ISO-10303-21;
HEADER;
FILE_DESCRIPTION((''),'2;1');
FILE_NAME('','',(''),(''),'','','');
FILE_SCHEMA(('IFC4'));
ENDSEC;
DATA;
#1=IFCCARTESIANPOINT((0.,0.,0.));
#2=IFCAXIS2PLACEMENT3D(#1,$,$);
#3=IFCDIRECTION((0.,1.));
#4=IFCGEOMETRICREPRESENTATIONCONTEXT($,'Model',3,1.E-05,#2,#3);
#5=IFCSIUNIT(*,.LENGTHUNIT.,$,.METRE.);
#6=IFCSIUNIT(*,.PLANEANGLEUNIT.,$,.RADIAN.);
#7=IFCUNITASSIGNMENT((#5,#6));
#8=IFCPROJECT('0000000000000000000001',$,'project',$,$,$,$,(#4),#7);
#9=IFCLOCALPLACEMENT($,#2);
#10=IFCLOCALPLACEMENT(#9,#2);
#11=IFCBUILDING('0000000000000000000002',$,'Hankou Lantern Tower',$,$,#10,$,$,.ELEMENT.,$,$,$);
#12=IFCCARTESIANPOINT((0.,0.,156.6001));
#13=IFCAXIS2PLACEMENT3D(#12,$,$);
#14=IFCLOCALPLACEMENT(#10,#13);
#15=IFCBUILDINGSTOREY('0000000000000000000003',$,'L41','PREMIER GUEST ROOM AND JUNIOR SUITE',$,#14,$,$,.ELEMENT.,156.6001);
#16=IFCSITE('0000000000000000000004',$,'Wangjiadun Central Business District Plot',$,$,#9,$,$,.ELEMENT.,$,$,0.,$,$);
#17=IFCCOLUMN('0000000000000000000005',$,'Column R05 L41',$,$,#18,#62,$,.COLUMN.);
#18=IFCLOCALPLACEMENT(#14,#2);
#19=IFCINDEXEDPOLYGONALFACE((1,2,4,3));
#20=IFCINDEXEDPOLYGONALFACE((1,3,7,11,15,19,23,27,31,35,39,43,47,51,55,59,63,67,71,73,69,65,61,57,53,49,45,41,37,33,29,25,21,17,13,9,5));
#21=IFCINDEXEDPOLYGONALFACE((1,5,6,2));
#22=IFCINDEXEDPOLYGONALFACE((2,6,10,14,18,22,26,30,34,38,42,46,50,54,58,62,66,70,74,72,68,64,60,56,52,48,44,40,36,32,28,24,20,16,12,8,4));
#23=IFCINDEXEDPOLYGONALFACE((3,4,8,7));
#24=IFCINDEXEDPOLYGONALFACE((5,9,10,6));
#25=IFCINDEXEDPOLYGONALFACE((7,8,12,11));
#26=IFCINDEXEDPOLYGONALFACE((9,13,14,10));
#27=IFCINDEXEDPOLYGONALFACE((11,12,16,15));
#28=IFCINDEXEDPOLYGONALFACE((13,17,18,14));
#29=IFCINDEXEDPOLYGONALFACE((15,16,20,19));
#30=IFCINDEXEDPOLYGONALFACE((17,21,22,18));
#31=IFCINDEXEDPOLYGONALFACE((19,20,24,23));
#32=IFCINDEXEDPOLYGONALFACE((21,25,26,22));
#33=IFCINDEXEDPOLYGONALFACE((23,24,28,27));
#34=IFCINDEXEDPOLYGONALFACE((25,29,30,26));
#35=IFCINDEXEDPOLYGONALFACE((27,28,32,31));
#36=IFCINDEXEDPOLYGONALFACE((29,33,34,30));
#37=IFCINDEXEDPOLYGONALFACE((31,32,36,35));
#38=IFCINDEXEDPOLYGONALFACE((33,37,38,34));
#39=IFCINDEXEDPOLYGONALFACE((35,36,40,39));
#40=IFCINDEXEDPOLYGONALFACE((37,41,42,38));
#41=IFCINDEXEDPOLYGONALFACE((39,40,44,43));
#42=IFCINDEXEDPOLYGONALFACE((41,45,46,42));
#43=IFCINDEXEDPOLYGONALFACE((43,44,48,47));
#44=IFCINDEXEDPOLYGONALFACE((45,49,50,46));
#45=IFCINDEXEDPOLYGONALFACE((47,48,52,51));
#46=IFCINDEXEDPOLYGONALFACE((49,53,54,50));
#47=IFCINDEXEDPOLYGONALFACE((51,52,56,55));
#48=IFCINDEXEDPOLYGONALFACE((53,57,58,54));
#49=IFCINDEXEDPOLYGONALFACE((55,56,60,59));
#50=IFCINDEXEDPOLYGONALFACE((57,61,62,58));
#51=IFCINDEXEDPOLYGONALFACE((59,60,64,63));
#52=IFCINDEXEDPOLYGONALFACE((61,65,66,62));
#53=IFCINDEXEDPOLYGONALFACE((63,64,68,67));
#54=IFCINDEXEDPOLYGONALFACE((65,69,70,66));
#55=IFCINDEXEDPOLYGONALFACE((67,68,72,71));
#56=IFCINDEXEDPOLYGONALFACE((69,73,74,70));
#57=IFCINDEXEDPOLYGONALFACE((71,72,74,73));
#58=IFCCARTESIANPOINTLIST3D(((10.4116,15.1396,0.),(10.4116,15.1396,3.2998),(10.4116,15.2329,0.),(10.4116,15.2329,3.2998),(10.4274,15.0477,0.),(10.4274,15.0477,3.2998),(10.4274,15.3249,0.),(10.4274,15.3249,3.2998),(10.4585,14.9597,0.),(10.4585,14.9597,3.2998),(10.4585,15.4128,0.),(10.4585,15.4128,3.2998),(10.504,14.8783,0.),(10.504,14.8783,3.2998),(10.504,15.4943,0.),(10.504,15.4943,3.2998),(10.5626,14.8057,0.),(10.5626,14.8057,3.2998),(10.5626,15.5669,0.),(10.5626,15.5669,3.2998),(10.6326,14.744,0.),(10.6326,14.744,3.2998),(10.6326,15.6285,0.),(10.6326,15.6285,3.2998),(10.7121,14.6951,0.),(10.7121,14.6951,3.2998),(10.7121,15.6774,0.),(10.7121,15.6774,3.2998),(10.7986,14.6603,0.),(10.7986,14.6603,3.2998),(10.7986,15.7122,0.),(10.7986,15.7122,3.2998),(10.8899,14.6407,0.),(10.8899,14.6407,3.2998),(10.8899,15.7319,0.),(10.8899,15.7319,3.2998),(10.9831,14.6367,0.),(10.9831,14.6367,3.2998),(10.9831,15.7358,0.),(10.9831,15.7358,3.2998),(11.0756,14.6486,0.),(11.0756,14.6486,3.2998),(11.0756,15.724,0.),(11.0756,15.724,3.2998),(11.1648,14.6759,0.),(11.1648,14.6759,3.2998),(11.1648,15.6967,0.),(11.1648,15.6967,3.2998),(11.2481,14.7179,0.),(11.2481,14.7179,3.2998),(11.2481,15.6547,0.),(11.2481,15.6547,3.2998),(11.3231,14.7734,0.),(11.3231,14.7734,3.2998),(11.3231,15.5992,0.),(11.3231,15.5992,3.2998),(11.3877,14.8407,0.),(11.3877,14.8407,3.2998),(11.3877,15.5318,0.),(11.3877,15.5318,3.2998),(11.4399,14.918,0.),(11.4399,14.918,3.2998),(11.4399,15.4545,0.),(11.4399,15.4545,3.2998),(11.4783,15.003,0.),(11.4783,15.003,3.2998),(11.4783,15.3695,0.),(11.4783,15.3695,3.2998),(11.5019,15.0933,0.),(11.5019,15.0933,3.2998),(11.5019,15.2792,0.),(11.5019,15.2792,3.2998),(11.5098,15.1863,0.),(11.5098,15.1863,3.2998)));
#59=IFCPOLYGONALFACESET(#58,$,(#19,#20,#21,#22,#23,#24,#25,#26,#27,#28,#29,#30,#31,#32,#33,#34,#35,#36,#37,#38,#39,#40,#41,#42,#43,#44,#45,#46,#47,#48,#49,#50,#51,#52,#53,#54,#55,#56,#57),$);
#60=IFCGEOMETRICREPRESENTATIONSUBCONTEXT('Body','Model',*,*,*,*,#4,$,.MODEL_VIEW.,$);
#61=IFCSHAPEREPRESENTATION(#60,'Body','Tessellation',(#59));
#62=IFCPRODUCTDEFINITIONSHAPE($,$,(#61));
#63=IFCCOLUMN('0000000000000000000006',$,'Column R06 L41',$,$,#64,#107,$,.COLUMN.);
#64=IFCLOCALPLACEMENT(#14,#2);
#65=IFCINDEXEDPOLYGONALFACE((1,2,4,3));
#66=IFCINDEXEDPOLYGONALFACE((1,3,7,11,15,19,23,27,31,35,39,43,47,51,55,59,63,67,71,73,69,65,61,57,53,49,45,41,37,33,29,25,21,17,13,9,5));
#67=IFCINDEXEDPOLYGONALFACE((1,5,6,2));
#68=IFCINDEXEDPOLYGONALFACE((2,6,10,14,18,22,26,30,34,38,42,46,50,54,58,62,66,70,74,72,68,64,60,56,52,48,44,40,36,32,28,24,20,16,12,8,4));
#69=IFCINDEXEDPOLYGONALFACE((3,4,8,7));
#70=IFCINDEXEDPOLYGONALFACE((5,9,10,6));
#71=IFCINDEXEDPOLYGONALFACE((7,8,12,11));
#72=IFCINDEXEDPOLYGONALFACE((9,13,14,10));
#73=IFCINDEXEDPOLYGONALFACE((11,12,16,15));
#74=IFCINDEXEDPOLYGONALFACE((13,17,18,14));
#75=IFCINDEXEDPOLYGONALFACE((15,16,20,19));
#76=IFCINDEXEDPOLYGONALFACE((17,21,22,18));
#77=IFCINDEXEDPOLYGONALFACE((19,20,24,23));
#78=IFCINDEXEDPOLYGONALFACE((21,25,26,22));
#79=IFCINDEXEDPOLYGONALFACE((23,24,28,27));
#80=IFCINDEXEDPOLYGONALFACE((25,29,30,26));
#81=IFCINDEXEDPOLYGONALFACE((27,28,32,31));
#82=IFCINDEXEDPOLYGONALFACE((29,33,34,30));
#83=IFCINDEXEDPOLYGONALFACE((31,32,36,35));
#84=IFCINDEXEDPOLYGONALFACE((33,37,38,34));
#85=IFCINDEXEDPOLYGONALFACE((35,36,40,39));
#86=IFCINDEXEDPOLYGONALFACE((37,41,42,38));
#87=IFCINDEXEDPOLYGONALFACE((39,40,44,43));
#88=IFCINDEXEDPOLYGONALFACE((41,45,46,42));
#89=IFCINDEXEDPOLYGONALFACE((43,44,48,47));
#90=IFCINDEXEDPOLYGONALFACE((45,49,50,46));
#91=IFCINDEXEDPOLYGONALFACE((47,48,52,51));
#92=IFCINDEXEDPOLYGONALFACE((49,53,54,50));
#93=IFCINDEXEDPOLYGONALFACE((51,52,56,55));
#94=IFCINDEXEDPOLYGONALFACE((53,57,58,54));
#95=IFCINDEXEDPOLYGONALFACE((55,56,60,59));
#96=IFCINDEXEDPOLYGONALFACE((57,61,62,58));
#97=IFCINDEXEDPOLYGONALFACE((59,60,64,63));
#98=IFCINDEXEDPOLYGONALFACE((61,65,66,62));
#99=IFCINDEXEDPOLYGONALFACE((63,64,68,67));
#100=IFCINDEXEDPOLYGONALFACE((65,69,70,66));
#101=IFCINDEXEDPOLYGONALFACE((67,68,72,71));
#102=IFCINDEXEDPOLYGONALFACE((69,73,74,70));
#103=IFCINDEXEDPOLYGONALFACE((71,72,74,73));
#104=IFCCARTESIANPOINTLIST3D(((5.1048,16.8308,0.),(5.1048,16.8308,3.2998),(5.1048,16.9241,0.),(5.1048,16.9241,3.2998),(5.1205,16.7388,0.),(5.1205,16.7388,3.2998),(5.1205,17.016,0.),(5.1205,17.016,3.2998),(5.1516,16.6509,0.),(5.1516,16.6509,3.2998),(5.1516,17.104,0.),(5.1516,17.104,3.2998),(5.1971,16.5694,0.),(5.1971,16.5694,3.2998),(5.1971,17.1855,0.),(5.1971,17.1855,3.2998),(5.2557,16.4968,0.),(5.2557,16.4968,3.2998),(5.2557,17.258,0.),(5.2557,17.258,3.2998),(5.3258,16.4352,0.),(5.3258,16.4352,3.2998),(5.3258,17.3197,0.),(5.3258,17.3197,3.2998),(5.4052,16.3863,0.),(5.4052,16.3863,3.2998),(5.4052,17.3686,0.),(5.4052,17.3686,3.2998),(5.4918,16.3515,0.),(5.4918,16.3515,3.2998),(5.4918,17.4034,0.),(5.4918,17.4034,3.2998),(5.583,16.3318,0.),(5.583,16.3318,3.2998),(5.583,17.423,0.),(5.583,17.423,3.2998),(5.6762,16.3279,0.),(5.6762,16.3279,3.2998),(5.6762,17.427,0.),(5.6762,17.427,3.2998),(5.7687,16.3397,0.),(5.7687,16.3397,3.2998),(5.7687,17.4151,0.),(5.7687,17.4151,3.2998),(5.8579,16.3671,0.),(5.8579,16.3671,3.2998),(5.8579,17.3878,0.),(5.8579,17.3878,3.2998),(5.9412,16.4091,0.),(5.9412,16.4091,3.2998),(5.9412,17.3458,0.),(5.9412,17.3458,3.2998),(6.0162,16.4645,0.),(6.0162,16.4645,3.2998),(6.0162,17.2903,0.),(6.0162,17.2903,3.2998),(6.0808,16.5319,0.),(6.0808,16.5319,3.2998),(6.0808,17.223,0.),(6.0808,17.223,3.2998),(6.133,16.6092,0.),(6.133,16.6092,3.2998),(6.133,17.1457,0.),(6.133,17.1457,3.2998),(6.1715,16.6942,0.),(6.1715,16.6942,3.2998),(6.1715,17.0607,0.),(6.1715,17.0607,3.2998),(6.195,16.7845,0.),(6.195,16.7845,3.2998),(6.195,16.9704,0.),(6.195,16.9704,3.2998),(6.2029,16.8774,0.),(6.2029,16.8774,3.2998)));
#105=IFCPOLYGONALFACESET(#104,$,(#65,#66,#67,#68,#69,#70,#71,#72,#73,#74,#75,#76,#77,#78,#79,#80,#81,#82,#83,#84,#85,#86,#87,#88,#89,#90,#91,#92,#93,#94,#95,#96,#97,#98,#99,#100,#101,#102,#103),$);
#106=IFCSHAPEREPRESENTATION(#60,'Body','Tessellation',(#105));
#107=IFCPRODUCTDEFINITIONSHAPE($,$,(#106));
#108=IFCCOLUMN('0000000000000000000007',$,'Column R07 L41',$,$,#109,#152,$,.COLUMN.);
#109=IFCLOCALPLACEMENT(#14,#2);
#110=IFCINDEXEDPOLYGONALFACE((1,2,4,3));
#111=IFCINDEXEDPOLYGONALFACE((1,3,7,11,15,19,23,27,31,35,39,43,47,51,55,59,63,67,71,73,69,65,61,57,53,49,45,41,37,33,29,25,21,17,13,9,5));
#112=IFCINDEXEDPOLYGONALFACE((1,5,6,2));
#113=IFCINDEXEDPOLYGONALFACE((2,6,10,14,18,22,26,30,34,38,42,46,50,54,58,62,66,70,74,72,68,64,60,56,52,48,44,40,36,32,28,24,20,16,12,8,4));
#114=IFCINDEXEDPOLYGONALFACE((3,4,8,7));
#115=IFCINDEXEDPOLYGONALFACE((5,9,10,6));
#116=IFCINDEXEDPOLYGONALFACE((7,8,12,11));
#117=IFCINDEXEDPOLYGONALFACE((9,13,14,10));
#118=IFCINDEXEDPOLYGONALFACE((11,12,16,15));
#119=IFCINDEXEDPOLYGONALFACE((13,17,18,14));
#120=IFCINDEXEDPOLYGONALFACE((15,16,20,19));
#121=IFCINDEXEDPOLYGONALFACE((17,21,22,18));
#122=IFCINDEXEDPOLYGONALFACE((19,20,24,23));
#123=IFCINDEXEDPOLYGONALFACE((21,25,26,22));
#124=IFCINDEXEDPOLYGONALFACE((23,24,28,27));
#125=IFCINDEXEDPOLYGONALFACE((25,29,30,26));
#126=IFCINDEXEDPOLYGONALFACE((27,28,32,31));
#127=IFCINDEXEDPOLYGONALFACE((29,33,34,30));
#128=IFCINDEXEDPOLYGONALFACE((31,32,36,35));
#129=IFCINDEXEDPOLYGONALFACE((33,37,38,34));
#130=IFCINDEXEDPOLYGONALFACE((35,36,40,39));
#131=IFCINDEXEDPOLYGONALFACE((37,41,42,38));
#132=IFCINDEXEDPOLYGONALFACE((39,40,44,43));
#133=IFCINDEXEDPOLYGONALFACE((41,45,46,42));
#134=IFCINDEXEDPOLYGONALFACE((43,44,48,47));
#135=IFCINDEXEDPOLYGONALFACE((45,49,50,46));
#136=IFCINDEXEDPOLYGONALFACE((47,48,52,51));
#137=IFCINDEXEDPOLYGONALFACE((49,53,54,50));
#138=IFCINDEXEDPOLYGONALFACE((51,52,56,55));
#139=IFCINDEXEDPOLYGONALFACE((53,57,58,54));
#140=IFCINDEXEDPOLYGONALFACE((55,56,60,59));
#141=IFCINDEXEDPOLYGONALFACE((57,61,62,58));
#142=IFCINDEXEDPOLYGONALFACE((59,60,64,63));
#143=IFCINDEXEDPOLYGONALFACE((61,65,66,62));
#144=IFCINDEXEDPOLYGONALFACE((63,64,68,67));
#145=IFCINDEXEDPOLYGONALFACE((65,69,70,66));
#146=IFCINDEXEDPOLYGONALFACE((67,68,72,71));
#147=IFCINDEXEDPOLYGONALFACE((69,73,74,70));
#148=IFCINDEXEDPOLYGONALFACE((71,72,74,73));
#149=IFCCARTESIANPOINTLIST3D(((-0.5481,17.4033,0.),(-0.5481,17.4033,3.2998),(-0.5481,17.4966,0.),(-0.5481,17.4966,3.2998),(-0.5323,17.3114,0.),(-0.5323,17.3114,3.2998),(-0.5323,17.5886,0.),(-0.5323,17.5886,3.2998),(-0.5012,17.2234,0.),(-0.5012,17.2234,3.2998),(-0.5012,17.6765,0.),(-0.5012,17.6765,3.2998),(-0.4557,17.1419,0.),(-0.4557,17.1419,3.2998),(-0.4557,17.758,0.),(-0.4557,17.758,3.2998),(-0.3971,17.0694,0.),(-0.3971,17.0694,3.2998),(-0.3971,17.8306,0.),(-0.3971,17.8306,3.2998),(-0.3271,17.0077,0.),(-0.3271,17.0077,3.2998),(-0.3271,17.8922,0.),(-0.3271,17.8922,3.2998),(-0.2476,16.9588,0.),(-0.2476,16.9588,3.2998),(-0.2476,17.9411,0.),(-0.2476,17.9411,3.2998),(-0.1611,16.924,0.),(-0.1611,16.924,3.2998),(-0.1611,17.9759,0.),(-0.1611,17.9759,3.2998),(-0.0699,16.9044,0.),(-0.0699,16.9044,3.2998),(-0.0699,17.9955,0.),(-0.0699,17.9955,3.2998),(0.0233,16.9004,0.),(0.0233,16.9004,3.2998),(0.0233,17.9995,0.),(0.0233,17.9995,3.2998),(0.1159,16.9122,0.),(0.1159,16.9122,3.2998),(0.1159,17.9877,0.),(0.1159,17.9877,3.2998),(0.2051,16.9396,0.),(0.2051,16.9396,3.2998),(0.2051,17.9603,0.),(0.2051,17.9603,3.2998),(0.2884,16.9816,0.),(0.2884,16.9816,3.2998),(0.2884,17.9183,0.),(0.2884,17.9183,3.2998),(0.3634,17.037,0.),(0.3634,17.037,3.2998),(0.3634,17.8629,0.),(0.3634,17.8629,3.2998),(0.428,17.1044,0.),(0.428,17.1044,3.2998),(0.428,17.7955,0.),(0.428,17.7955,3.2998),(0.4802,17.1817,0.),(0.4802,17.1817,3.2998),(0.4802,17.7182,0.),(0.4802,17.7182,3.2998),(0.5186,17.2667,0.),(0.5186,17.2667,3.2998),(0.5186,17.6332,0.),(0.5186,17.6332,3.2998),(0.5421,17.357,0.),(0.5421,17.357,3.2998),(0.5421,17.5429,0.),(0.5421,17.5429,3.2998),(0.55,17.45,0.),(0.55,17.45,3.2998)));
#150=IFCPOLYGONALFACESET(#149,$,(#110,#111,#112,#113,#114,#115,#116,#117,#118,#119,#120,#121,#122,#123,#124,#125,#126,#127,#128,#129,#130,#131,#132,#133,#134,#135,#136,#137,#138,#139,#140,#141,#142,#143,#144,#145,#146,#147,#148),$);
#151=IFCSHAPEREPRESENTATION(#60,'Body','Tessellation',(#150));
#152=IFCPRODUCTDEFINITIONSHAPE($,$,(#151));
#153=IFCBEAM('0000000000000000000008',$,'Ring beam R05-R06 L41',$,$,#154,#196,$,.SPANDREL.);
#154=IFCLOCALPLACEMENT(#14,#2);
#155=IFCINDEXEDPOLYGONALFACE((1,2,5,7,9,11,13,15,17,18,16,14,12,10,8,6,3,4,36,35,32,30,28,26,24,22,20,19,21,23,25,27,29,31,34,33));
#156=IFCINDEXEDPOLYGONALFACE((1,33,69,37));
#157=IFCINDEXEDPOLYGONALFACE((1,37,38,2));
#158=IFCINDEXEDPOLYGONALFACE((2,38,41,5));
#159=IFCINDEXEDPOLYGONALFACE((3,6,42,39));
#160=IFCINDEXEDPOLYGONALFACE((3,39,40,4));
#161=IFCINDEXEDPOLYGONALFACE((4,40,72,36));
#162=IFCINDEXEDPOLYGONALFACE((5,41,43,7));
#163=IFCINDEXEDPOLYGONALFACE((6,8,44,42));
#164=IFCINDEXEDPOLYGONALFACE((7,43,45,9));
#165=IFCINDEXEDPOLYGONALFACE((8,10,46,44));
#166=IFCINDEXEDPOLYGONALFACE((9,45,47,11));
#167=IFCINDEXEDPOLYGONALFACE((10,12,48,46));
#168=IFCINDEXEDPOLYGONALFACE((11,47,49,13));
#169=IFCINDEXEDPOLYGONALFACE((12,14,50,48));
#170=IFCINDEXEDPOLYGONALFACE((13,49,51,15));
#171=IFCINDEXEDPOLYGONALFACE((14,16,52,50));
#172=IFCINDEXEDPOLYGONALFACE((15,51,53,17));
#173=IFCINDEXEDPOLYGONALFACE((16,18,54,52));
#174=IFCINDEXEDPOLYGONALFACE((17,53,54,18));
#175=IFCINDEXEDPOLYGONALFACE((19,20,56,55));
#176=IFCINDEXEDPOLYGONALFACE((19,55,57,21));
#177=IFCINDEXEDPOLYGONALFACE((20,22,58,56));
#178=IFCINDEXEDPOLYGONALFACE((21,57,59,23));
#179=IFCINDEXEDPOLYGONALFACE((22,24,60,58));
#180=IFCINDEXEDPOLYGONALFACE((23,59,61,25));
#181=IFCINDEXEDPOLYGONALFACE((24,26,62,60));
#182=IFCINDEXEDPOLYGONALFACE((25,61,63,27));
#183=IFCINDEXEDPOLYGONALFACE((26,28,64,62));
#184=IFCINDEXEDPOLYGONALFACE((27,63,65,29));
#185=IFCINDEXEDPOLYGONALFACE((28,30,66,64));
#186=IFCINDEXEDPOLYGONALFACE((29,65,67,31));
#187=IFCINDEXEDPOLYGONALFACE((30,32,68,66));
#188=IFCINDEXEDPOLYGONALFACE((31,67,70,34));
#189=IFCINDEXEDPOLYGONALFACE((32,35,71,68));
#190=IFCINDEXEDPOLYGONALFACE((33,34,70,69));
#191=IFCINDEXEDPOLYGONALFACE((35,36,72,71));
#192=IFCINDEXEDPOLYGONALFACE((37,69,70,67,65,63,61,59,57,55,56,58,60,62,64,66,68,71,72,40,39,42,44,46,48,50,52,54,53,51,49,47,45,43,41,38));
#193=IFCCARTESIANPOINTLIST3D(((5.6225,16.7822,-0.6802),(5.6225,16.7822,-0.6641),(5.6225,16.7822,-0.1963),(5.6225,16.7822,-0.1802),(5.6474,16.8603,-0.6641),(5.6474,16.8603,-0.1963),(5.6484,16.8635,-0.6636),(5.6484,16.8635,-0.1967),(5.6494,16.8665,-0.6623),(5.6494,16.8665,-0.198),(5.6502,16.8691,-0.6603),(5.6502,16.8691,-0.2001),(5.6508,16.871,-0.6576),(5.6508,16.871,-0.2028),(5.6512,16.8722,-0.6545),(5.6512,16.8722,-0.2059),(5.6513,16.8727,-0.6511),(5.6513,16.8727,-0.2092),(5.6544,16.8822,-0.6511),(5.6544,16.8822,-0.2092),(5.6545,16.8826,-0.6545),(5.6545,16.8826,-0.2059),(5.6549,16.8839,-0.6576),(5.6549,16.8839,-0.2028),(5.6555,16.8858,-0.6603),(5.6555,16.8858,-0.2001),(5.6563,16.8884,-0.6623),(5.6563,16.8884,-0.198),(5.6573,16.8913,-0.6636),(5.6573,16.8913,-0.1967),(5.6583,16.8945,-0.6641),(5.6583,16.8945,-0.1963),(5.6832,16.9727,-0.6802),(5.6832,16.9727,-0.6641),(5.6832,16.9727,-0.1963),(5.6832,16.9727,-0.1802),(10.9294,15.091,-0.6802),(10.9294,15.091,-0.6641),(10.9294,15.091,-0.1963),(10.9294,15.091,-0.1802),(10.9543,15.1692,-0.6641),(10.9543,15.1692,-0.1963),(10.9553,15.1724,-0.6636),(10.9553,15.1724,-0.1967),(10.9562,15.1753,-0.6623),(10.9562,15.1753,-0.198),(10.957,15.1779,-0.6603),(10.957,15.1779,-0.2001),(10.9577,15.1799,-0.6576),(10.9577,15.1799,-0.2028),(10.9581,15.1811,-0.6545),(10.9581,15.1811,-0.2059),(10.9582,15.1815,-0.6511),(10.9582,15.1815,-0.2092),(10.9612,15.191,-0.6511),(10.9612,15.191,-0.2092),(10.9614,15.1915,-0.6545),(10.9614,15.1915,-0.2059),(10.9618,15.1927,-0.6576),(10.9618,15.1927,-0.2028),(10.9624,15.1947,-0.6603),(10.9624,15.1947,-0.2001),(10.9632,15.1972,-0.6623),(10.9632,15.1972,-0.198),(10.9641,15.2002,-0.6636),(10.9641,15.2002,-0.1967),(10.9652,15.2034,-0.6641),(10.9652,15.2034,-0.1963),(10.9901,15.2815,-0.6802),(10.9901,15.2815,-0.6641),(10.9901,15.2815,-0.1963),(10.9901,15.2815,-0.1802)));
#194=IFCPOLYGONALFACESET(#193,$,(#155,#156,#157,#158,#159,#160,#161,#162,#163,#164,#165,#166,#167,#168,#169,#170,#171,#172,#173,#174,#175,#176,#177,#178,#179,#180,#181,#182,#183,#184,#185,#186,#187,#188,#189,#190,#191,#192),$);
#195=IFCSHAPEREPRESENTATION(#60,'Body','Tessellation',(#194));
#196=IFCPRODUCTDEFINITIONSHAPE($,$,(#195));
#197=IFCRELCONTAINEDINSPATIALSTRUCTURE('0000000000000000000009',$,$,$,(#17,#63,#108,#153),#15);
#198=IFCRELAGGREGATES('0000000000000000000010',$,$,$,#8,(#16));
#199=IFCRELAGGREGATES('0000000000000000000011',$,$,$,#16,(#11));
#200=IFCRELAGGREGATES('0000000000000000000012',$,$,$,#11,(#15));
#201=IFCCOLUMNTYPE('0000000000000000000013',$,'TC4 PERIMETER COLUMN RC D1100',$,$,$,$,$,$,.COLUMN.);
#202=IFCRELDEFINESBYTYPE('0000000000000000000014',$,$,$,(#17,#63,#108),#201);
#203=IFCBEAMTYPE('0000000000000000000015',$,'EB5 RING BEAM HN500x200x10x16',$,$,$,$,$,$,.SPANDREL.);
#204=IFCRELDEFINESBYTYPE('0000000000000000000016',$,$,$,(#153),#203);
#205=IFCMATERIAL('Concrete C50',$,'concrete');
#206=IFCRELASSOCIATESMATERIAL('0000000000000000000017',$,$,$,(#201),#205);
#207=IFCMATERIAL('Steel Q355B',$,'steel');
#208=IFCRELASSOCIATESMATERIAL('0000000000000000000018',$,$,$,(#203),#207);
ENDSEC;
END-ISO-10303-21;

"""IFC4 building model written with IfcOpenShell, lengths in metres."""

from ifc_helpers import new_model, si_unit, direction, frame, origin, origin_2d, place, context, subcontext, project, spatial, circle, i_section, extrude, material, material_profile, profile_set, type_object, element, save


model = new_model("IFC4")

# Units and contexts
model_context = context("Model", 3, precision=1e-05, world=origin(), true_north=direction((0.0, 1.0)))
body_context = subcontext(model_context, "Body", "Model", "MODEL_VIEW")
ifc_project = project(units=[si_unit("LENGTHUNIT", "METRE"), si_unit("PLANEANGLEUNIT", "RADIAN")], contexts=[model_context])

# Site, building, storey
site_placement = place(None, origin())
site = spatial("IfcSite", under=ifc_project, at=site_placement, Name="Wangjiadun Central Business District Plot", CompositionType="ELEMENT", RefElevation=0.0)
building_placement = place(site_placement, origin())
building = spatial("IfcBuilding", under=site, at=building_placement, Name="Hankou Lantern Tower", CompositionType="ELEMENT")
storey_placement = place(building_placement, frame((0.0, 0.0, 156.6001)))
storey = spatial("IfcBuildingStorey", under=building, at=storey_placement, Name="L41", Description="PREMIER GUEST ROOM AND JUNIOR SUITE", CompositionType="ELEMENT", Elevation=156.6001)

# Columns
ifc_material_1 = material(Name="Concrete C50", Category="concrete")
ifc_material_profile_1 = material_profile(ifc_material_1, circle(Radius=0.55, at=origin_2d()), Name="RC D1100")
ifc_profile_set_1 = profile_set([ifc_material_profile_1], Name="Concrete C50")
column_type = type_object("IfcColumnType", Name="TC4 PERIMETER COLUMN RC D1100", PredefinedType="COLUMN", material=ifc_profile_set_1)
for number, where, z_axis, x_axis, name in (
    (1, (10.9597, 15.1863, 0.0), (0.0, 0.0, 1.0), (1.0, 0.0, 0.0), "Column R05 L41"),
    (2, (5.6528, 16.8774, 0.0), (0.0, 0.0, 1.0), (1.0, 0.0, 0.0), "Column R06 L41"),
    (3, (0.0, 17.45, 0.0), (0.0, 0.0, 1.0), (1.0, 0.0, 0.0), "Column R07 L41"),
):
    element("IfcColumn", number, at=place(storey_placement, frame(where, z_axis=z_axis, x_axis=x_axis)), inside=storey, type_object=column_type, Name=name, PredefinedType="COLUMN", context=body_context, shape_type="SweptSolid", body=[
        extrude(circle(Radius=0.55, at=origin_2d()), origin(), (0.0, 0.0, 1.0), 3.2998),
    ])

# Beam
ifc_material_2 = material(Name="Steel Q355B", Category="steel")
ifc_material_profile_2 = material_profile(ifc_material_2, i_section(OverallWidth=0.2, OverallDepth=0.5, WebThickness=0.01, FlangeThickness=0.0161, FilletRadius=0.0129, at=origin_2d()), Name="HN500x200x10x16")
ifc_profile_set_2 = profile_set([ifc_material_profile_2], Name="Steel Q355B")
beam_type_1 = type_object("IfcBeamType", Name="EB5 RING BEAM HN500x200x10x16", PredefinedType="SPANDREL", material=ifc_profile_set_2)
beam_1_placement = place(storey_placement, frame((10.9597, 15.1863, -0.4302), z_axis=(-0.95279, 0.303629, 0.0), x_axis=(-0.303629, -0.95279, 0.0)))
element("IfcBeam", 4, at=beam_1_placement, inside=storey, type_object=beam_type_1, Name="Ring beam R05-R06 L41", PredefinedType="SPANDREL", context=body_context, shape_type="SweptSolid", body=[
    extrude(i_section(OverallWidth=0.2, OverallDepth=0.5, WebThickness=0.01, FlangeThickness=0.0161, FilletRadius=0.0129, at=origin_2d()), origin(), (0.0, 0.0, 1.0), 5.5698),
])

save(model, "model.ifc")
